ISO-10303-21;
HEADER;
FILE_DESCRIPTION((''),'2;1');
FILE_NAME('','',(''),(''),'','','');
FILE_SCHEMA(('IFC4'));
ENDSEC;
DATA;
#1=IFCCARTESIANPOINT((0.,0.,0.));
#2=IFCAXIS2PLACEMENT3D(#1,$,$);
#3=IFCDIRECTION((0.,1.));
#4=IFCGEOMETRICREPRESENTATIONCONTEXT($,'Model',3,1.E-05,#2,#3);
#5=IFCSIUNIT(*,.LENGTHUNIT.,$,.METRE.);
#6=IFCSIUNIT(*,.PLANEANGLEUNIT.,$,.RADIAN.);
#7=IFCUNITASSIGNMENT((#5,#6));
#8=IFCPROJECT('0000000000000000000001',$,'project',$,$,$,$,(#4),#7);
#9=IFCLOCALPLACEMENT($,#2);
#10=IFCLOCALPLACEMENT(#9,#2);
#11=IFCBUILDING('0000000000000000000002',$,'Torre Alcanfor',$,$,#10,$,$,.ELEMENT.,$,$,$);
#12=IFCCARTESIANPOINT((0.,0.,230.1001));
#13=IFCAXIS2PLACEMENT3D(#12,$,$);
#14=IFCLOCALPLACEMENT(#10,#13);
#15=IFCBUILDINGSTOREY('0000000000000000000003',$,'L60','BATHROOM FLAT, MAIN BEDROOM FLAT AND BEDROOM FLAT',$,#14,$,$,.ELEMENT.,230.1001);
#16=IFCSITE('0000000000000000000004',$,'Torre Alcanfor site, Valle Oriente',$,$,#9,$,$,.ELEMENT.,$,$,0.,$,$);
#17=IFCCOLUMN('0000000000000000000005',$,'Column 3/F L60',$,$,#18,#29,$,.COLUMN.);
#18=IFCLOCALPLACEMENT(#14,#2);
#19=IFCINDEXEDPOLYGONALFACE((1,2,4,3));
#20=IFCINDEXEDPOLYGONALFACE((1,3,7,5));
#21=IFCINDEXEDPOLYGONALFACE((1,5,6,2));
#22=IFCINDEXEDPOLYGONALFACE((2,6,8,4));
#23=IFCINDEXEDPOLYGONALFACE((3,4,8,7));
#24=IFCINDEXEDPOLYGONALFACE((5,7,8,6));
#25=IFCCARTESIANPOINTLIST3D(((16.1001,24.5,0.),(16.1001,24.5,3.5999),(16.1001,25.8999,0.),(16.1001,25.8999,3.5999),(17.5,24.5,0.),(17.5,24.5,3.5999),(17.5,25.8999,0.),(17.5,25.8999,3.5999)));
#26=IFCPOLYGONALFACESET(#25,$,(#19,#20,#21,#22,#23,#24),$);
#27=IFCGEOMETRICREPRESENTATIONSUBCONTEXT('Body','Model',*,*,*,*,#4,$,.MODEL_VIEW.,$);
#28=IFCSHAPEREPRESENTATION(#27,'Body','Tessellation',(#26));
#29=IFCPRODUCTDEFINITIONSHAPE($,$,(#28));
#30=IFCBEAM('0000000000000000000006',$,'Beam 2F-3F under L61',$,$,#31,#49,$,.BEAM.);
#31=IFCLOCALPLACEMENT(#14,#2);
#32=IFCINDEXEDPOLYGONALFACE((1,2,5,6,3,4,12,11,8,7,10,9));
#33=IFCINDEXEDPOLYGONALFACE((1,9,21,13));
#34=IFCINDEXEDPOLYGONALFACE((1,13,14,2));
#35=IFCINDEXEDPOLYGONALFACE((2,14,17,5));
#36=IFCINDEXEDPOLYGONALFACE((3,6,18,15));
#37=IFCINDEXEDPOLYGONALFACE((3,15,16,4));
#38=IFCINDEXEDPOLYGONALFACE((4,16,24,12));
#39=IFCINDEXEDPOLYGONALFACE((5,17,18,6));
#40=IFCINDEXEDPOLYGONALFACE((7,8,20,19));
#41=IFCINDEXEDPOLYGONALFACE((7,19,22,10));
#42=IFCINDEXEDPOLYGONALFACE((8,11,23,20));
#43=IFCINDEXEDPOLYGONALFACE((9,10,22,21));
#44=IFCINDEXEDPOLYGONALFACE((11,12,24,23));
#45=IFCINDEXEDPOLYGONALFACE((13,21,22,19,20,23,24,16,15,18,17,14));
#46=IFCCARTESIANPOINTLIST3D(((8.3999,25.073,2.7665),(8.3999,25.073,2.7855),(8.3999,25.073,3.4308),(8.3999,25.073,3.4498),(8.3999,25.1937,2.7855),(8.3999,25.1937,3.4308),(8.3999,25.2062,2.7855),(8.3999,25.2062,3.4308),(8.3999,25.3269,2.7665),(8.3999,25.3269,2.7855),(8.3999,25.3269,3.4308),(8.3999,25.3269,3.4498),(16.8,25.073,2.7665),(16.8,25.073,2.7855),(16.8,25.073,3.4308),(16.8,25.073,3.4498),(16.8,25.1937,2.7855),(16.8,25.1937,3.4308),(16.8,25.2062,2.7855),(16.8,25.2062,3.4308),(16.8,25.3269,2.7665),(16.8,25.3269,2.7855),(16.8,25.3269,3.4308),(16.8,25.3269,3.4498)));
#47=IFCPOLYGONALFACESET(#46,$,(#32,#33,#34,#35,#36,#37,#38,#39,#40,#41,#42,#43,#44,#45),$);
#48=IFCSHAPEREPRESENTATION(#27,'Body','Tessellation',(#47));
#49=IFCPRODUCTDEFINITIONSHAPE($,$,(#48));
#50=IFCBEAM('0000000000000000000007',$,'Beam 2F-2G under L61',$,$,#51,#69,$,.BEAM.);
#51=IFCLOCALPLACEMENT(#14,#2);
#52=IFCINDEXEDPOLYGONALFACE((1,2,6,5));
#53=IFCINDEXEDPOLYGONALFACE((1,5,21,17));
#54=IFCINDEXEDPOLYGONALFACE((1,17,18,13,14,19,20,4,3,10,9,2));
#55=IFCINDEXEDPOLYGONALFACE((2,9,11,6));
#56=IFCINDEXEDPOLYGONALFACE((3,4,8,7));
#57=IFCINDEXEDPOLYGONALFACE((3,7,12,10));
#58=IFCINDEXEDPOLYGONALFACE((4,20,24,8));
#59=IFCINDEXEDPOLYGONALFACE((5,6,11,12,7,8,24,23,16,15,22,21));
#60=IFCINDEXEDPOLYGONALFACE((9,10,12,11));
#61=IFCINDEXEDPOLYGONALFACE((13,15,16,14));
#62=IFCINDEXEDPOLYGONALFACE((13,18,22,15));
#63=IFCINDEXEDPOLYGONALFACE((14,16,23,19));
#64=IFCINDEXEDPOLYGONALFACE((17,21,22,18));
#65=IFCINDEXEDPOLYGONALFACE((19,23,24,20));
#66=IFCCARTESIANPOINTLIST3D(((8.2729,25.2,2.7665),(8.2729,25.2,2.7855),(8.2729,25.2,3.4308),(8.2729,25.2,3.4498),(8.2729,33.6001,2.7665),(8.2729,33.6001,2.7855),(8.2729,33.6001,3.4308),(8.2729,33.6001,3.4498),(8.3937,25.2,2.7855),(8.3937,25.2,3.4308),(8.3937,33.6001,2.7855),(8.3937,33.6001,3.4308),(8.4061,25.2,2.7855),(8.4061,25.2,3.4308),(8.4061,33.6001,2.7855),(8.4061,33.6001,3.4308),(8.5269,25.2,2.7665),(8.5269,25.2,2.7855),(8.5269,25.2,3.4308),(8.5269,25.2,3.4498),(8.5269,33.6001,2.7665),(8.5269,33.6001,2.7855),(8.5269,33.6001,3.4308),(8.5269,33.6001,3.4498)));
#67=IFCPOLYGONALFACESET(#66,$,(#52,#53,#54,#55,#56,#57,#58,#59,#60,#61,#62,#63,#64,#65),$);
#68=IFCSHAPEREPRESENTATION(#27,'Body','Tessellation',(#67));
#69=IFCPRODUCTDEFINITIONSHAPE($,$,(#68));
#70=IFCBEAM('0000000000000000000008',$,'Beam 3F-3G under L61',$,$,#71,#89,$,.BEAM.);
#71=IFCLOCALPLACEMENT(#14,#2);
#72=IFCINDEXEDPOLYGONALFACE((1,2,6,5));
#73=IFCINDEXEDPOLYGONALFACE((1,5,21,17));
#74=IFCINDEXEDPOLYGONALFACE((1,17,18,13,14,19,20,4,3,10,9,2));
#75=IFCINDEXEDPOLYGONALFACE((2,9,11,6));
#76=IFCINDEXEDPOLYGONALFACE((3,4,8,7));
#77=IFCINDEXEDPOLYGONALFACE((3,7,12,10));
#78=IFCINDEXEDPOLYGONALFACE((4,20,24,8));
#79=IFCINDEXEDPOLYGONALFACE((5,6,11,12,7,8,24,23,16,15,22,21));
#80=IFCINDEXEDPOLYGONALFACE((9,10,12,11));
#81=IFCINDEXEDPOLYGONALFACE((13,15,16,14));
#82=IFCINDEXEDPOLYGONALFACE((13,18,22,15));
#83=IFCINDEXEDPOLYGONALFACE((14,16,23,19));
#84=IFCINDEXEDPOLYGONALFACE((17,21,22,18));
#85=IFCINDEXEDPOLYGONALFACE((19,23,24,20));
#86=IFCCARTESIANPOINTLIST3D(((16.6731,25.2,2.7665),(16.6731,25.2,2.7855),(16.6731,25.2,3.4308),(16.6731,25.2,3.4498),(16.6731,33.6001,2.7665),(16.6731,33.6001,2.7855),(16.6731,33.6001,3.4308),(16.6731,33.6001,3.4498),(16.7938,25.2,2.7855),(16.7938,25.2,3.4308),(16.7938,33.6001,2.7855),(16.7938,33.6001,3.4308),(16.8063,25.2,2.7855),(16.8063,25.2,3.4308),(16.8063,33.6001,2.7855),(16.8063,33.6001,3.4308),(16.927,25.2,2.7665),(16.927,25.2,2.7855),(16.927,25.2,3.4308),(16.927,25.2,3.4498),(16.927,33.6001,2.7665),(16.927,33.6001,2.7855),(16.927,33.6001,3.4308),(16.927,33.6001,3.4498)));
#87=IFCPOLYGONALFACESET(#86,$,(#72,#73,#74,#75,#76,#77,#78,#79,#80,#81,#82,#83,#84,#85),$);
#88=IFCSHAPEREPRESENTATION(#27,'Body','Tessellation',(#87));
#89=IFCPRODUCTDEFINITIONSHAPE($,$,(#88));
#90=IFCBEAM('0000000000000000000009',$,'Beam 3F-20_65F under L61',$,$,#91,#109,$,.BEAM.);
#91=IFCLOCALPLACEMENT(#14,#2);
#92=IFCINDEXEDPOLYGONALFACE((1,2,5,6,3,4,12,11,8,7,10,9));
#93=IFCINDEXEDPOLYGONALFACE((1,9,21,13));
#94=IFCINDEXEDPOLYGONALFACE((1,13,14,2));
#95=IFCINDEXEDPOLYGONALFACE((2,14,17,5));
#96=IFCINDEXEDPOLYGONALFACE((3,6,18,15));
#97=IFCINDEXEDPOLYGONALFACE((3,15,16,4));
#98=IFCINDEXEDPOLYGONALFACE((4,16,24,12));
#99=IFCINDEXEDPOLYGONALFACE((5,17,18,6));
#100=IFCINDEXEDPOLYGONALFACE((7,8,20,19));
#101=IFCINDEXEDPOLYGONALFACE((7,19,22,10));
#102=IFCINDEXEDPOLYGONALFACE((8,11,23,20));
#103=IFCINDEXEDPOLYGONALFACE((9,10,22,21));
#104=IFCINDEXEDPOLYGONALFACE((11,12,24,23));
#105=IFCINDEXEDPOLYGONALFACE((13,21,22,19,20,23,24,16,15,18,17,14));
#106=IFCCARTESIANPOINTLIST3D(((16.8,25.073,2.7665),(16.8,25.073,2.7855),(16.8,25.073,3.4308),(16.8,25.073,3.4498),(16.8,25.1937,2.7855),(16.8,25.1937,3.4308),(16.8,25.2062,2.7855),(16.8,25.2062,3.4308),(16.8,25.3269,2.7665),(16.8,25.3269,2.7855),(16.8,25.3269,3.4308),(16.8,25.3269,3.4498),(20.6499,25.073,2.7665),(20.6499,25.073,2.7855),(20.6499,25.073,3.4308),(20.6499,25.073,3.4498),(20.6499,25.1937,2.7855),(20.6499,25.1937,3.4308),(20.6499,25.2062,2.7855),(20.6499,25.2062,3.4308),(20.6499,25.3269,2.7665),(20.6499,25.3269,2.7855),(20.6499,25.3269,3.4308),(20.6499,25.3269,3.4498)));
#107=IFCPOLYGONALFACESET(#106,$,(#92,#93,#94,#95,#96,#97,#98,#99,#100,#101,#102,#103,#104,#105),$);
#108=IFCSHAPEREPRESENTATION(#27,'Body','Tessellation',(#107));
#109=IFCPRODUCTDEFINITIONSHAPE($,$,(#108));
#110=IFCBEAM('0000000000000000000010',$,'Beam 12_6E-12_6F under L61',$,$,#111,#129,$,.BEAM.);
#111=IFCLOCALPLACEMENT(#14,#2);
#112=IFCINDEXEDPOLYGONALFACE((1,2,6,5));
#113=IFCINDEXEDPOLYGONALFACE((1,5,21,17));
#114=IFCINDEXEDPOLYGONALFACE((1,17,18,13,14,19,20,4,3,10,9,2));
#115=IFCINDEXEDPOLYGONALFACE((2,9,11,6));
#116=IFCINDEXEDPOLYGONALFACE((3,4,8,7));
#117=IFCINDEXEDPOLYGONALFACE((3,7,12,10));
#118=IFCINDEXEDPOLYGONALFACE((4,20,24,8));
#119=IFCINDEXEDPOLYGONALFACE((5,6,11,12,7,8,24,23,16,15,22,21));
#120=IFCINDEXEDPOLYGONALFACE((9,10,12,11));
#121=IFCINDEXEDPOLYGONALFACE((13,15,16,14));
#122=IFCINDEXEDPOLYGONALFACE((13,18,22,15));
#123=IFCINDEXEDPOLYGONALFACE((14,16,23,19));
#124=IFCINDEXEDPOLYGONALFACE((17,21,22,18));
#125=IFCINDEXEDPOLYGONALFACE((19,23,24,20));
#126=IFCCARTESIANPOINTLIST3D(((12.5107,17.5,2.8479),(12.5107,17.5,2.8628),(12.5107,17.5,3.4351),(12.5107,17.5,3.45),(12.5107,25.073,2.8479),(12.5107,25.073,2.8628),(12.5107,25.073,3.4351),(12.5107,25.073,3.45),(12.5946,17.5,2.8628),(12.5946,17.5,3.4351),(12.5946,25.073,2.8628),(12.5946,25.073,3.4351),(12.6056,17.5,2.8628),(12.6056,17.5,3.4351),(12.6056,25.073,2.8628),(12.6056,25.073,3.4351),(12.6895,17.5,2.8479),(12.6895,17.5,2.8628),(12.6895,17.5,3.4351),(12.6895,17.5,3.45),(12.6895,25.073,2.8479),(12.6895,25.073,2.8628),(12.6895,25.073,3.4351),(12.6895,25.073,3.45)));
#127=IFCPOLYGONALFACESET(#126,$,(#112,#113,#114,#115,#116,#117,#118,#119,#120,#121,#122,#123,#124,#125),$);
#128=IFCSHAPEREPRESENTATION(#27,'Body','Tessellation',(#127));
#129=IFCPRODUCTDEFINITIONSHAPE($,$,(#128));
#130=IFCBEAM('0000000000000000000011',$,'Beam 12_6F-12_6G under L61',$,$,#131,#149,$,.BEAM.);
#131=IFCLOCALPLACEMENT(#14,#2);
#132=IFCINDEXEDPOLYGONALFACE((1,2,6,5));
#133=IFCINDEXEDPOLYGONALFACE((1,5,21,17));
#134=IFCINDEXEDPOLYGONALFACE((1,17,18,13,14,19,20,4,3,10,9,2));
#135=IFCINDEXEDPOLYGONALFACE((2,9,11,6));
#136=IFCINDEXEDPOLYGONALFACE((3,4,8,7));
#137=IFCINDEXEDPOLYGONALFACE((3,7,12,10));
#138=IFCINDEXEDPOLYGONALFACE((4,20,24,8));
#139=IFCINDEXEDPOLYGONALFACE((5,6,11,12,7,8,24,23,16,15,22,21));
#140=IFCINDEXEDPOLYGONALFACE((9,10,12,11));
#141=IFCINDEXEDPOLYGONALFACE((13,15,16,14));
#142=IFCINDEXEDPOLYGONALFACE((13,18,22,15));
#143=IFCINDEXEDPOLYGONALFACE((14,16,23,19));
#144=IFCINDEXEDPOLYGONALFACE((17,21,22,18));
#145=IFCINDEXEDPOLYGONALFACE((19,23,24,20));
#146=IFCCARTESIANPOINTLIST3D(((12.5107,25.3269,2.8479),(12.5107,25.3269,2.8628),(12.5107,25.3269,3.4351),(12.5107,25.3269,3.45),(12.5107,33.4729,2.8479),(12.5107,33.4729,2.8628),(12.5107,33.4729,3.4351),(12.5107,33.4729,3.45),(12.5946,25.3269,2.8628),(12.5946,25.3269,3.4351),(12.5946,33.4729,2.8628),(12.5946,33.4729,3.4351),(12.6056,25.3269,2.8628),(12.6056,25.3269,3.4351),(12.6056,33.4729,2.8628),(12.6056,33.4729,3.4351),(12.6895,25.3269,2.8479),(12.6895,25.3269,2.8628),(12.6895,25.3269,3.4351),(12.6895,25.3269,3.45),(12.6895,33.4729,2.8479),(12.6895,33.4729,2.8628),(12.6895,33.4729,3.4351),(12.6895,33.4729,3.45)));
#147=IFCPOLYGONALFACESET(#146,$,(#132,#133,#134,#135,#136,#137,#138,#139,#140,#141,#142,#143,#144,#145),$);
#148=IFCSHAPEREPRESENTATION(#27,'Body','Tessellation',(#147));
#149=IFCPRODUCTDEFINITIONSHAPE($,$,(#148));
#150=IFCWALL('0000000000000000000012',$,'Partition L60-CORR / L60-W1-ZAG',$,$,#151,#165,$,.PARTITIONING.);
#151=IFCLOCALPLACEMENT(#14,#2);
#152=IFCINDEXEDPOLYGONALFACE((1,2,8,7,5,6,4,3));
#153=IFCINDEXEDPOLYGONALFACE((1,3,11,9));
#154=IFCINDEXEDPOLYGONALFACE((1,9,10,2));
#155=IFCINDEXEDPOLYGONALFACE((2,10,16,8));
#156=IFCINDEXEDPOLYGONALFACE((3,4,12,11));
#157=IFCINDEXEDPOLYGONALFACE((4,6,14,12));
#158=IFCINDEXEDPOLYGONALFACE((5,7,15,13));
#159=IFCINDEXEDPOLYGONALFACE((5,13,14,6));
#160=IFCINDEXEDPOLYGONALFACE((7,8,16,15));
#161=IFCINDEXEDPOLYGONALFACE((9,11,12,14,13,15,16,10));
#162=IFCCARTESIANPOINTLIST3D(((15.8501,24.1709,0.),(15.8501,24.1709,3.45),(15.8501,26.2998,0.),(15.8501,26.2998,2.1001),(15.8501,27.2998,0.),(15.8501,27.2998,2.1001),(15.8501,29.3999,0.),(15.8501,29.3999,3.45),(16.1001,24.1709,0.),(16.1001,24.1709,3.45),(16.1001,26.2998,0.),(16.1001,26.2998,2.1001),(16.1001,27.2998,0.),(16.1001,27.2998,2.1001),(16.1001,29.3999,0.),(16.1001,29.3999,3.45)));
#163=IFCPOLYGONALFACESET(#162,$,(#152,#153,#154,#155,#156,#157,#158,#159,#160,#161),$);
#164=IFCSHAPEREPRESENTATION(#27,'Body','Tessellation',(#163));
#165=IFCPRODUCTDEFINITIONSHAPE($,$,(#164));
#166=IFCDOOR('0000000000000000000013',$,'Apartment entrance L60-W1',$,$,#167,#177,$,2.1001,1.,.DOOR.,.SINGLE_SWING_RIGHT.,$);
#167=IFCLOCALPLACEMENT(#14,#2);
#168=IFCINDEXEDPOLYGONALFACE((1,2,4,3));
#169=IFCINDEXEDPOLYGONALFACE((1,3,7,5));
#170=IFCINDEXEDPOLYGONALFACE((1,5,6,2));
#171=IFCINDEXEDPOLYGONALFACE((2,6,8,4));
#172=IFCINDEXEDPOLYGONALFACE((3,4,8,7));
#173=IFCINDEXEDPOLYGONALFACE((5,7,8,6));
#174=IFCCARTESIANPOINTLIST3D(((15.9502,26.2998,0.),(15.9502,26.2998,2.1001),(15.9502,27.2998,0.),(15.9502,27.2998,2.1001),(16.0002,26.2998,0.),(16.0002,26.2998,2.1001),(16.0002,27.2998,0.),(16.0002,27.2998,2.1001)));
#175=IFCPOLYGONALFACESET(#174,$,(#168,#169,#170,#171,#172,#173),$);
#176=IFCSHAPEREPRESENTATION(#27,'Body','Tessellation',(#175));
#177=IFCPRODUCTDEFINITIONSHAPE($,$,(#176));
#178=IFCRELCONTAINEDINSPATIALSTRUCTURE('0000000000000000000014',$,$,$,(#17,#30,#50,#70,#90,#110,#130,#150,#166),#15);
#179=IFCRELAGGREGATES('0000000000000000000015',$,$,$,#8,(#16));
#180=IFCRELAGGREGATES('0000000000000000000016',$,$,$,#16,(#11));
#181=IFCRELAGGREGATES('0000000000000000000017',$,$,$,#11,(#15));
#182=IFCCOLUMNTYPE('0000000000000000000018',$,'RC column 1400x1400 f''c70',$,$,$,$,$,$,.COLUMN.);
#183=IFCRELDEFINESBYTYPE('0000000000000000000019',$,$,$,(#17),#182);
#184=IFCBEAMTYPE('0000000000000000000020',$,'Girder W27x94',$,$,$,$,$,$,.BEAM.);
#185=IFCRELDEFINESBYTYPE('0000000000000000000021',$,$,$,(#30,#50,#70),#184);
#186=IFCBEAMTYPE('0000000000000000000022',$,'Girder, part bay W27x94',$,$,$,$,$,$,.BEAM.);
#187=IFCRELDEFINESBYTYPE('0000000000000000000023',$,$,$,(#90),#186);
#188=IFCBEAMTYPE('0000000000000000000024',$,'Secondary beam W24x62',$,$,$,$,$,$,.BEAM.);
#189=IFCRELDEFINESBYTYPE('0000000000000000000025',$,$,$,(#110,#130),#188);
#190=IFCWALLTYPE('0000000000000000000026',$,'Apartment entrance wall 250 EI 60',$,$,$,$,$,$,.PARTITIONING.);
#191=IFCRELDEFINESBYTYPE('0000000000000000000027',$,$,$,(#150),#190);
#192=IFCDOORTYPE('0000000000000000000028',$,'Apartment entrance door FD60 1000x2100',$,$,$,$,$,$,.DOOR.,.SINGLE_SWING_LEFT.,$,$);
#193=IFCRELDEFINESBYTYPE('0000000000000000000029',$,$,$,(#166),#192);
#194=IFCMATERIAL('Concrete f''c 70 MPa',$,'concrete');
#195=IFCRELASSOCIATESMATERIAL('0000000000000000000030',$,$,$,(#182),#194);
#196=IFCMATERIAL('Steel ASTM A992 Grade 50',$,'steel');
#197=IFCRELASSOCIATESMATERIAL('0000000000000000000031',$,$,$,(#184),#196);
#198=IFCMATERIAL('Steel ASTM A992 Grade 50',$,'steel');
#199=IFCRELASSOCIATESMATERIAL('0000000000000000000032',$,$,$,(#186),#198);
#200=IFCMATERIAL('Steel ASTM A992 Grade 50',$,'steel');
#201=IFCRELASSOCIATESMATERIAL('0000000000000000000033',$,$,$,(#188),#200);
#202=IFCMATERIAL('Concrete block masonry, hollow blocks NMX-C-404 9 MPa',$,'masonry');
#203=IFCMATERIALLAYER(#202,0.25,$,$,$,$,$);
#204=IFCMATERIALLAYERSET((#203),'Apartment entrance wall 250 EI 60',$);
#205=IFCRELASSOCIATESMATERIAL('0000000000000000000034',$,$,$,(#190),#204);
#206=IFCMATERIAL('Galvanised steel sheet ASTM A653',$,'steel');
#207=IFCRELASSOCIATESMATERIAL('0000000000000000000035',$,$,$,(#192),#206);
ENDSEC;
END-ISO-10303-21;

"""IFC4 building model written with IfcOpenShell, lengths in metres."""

from ifc_helpers import new_model, si_unit, direction, frame, frame_2d, origin, origin_2d, place, context, subcontext, project, spatial, rectangle, i_section, extrude, material, layer, layer_set, material_profile, profile_set, type_object, element, fill, save


model = new_model("IFC4")

# Units and contexts
model_context = context("Model", 3, precision=1e-05, world=origin(), true_north=direction((0.0, 1.0)))
body_context = subcontext(model_context, "Body", "Model", "MODEL_VIEW")
ifc_project = project(units=[si_unit("LENGTHUNIT", "METRE"), si_unit("PLANEANGLEUNIT", "RADIAN")], contexts=[model_context])

# Site, building, storey
site_placement = place(None, origin())
site = spatial("IfcSite", under=ifc_project, at=site_placement, Name="Torre Alcanfor site, Valle Oriente", CompositionType="ELEMENT", RefElevation=0.0)
building_placement = place(site_placement, origin())
building = spatial("IfcBuilding", under=site, at=building_placement, Name="Torre Alcanfor", CompositionType="ELEMENT")
storey_placement = place(building_placement, frame((0.0, 0.0, 230.1001)))
storey = spatial("IfcBuildingStorey", under=building, at=storey_placement, Name="L60", Description="BATHROOM FLAT, MAIN BEDROOM FLAT AND BEDROOM FLAT", CompositionType="ELEMENT", Elevation=230.1001)

# Column
ifc_material_1 = material(Name="Concrete f'c 70 MPa", Category="concrete")
ifc_material_profile_1 = material_profile(ifc_material_1, rectangle(XDim=1.3999, YDim=1.3999, at=origin_2d()), Name="1400x1400")
ifc_profile_set_1 = profile_set([ifc_material_profile_1], Name="Concrete f'c 70 MPa")
column_type = type_object("IfcColumnType", Name="RC column 1400x1400 f'c70", PredefinedType="COLUMN", material=ifc_profile_set_1)
column_placement = place(storey_placement, frame((16.8, 25.2, 0.0), z_axis=(0.0, 0.0, 1.0), x_axis=(1.0, 0.0, 0.0)))
element("IfcColumn", 1, at=column_placement, inside=storey, type_object=column_type, Name="Column 3/F L60", PredefinedType="COLUMN", context=body_context, shape_type="SweptSolid", body=[
    extrude(rectangle(XDim=1.3999, YDim=1.3999, at=origin_2d()), origin(), (0.0, 0.0, 1.0), 3.5999),
])

# Beams
ifc_material_2 = material(Name="Steel ASTM A992 Grade 50", Category="steel")
ifc_material_profile_2 = material_profile(ifc_material_2, i_section(OverallWidth=0.2539, OverallDepth=0.6833, WebThickness=0.0125, FlangeThickness=0.019, at=origin_2d()), Name="W27x94")
ifc_profile_set_2 = profile_set([ifc_material_profile_2], Name="Steel ASTM A992 Grade 50")
beam_type_1 = type_object("IfcBeamType", Name="Girder W27x94", PredefinedType="BEAM", material=ifc_profile_set_2)
for number, where, z_axis, x_axis, name in (
    (2, (8.3999, 25.2, 3.1082), (1.0, 0.0, 0.0), (0.0, 1.0, 0.0), "Beam 2F-3F under L61"),
    (3, (8.3999, 25.2, 3.1082), (0.0, 1.0, 0.0), (-1.0, 0.0, 0.0), "Beam 2F-2G under L61"),
    (4, (16.8, 25.2, 3.1082), (0.0, 1.0, 0.0), (-1.0, 0.0, 0.0), "Beam 3F-3G under L61"),
):
    element("IfcBeam", number, at=place(storey_placement, frame(where, z_axis=z_axis, x_axis=x_axis)), inside=storey, type_object=beam_type_1, Name=name, PredefinedType="BEAM", context=body_context, shape_type="SweptSolid", body=[
        extrude(i_section(OverallWidth=0.2539, OverallDepth=0.6833, WebThickness=0.0125, FlangeThickness=0.019, at=origin_2d()), origin(), (0.0, 0.0, 1.0), 8.4001),
    ])
ifc_material_3 = material(Name="Steel ASTM A992 Grade 50", Category="steel")
ifc_material_profile_3 = material_profile(ifc_material_3, i_section(OverallWidth=0.2539, OverallDepth=0.6833, WebThickness=0.0125, FlangeThickness=0.019, at=origin_2d()), Name="W27x94")
ifc_profile_set_3 = profile_set([ifc_material_profile_3], Name="Steel ASTM A992 Grade 50")
beam_type_2 = type_object("IfcBeamType", Name="Girder, part bay W27x94", PredefinedType="BEAM", material=ifc_profile_set_3)
beam_1_placement = place(storey_placement, frame((16.8, 25.2, 3.1082), z_axis=(1.0, 0.0, 0.0), x_axis=(0.0, 1.0, 0.0)))
element("IfcBeam", 5, at=beam_1_placement, inside=storey, type_object=beam_type_2, Name="Beam 3F-20_65F under L61", PredefinedType="BEAM", context=body_context, shape_type="SweptSolid", body=[
    extrude(i_section(OverallWidth=0.2539, OverallDepth=0.6833, WebThickness=0.0125, FlangeThickness=0.019, at=origin_2d()), origin(), (0.0, 0.0, 1.0), 3.8499),
])
ifc_material_4 = material(Name="Steel ASTM A992 Grade 50", Category="steel")
ifc_material_profile_4 = material_profile(ifc_material_4, i_section(OverallWidth=0.1787, OverallDepth=0.6021, WebThickness=0.011, FlangeThickness=0.0149, at=origin_2d()), Name="W24x62")
ifc_profile_set_4 = profile_set([ifc_material_profile_4], Name="Steel ASTM A992 Grade 50")
beam_type_3 = type_object("IfcBeamType", Name="Secondary beam W24x62", PredefinedType="BEAM", material=ifc_profile_set_4)
beam_2_placement = place(storey_placement, frame((12.6001, 17.5, 3.1489), z_axis=(0.0, 1.0, 0.0), x_axis=(-1.0, 0.0, 0.0)))
element("IfcBeam", 6, at=beam_2_placement, inside=storey, type_object=beam_type_3, Name="Beam 12_6E-12_6F under L61", PredefinedType="BEAM", context=body_context, shape_type="SweptSolid", body=[
    extrude(i_section(OverallWidth=0.1787, OverallDepth=0.6021, WebThickness=0.011, FlangeThickness=0.0149, at=origin_2d()), origin(), (0.0, 0.0, 1.0), 7.573),
])
beam_3_placement = place(storey_placement, frame((12.6001, 25.3269, 3.1489), z_axis=(0.0, 1.0, 0.0), x_axis=(-1.0, 0.0, 0.0)))
element("IfcBeam", 7, at=beam_3_placement, inside=storey, type_object=beam_type_3, Name="Beam 12_6F-12_6G under L61", PredefinedType="BEAM", context=body_context, shape_type="SweptSolid", body=[
    extrude(i_section(OverallWidth=0.1787, OverallDepth=0.6021, WebThickness=0.011, FlangeThickness=0.0149, at=origin_2d()), origin(), (0.0, 0.0, 1.0), 8.146),
])

# Wall, opening, door
ifc_material_5 = material(Name="Concrete block masonry, hollow blocks NMX-C-404 9 MPa", Category="masonry")
ifc_layer_1 = layer(ifc_material_5, 0.25)
ifc_layer_set_1 = layer_set([ifc_layer_1], Name="Apartment entrance wall 250 EI 60")
wall_type_1 = type_object("IfcWallType", Name="Apartment entrance wall 250 EI 60", PredefinedType="PARTITIONING", material=ifc_layer_set_1)
wall_1_placement = place(storey_placement, frame((15.9751, 24.1709, 0.0), z_axis=(0.0, 0.0, 1.0), x_axis=(0.0, 1.0, 0.0)))
wall_1 = element("IfcWall", 8, at=wall_1_placement, inside=storey, type_object=wall_type_1, Name="Partition L60-CORR / L60-W1-ZAG", PredefinedType="PARTITIONING", context=body_context, shape_type="SweptSolid", body=[
    extrude(rectangle(XDim=5.229, YDim=0.25, at=frame_2d((2.6145, 0.0))), origin(), (0.0, 0.0, 1.0), 3.45),
])
opening_1_placement = place(wall_1_placement, frame((2.1289, 0.0, 0.0)))
opening_1 = element("IfcOpeningElement", 9, at=opening_1_placement, cuts=wall_1, PredefinedType="OPENING", context=body_context, shape_type="SweptSolid", body=[
    extrude(rectangle(XDim=1.0, YDim=2.1001, at=frame_2d((0.5, 1.05))), frame((0.0, 0.135, 0.0), z_axis=(0.0, -1.0, 0.0), x_axis=(1.0, 0.0, 0.0)), (0.0, 0.0, 1.0), 0.27),
])
ifc_material_6 = material(Name="Galvanised steel sheet ASTM A653", Category="steel")
door_type_1 = type_object("IfcDoorType", Name="Apartment entrance door FD60 1000x2100", OperationType="SINGLE_SWING_LEFT", PredefinedType="DOOR", material=ifc_material_6)
door_1_placement = place(opening_1_placement, origin())
door_1 = element("IfcDoor", 10, at=door_1_placement, inside=storey, type_object=door_type_1, Name="Apartment entrance L60-W1", OperationType="SINGLE_SWING_RIGHT", OverallHeight=2.1001, OverallWidth=1.0, PredefinedType="DOOR", context=body_context, shape_type="SweptSolid", body=[
    extrude(rectangle(XDim=1.0, YDim=2.1001, at=frame_2d((0.5, 1.05))), frame((0.0, 0.0249, 0.0), z_axis=(0.0, -1.0, 0.0), x_axis=(1.0, 0.0, 0.0)), (0.0, 0.0, 1.0), 0.05),
])
fill(opening_1, door_1)

save(model, "model.ifc")
